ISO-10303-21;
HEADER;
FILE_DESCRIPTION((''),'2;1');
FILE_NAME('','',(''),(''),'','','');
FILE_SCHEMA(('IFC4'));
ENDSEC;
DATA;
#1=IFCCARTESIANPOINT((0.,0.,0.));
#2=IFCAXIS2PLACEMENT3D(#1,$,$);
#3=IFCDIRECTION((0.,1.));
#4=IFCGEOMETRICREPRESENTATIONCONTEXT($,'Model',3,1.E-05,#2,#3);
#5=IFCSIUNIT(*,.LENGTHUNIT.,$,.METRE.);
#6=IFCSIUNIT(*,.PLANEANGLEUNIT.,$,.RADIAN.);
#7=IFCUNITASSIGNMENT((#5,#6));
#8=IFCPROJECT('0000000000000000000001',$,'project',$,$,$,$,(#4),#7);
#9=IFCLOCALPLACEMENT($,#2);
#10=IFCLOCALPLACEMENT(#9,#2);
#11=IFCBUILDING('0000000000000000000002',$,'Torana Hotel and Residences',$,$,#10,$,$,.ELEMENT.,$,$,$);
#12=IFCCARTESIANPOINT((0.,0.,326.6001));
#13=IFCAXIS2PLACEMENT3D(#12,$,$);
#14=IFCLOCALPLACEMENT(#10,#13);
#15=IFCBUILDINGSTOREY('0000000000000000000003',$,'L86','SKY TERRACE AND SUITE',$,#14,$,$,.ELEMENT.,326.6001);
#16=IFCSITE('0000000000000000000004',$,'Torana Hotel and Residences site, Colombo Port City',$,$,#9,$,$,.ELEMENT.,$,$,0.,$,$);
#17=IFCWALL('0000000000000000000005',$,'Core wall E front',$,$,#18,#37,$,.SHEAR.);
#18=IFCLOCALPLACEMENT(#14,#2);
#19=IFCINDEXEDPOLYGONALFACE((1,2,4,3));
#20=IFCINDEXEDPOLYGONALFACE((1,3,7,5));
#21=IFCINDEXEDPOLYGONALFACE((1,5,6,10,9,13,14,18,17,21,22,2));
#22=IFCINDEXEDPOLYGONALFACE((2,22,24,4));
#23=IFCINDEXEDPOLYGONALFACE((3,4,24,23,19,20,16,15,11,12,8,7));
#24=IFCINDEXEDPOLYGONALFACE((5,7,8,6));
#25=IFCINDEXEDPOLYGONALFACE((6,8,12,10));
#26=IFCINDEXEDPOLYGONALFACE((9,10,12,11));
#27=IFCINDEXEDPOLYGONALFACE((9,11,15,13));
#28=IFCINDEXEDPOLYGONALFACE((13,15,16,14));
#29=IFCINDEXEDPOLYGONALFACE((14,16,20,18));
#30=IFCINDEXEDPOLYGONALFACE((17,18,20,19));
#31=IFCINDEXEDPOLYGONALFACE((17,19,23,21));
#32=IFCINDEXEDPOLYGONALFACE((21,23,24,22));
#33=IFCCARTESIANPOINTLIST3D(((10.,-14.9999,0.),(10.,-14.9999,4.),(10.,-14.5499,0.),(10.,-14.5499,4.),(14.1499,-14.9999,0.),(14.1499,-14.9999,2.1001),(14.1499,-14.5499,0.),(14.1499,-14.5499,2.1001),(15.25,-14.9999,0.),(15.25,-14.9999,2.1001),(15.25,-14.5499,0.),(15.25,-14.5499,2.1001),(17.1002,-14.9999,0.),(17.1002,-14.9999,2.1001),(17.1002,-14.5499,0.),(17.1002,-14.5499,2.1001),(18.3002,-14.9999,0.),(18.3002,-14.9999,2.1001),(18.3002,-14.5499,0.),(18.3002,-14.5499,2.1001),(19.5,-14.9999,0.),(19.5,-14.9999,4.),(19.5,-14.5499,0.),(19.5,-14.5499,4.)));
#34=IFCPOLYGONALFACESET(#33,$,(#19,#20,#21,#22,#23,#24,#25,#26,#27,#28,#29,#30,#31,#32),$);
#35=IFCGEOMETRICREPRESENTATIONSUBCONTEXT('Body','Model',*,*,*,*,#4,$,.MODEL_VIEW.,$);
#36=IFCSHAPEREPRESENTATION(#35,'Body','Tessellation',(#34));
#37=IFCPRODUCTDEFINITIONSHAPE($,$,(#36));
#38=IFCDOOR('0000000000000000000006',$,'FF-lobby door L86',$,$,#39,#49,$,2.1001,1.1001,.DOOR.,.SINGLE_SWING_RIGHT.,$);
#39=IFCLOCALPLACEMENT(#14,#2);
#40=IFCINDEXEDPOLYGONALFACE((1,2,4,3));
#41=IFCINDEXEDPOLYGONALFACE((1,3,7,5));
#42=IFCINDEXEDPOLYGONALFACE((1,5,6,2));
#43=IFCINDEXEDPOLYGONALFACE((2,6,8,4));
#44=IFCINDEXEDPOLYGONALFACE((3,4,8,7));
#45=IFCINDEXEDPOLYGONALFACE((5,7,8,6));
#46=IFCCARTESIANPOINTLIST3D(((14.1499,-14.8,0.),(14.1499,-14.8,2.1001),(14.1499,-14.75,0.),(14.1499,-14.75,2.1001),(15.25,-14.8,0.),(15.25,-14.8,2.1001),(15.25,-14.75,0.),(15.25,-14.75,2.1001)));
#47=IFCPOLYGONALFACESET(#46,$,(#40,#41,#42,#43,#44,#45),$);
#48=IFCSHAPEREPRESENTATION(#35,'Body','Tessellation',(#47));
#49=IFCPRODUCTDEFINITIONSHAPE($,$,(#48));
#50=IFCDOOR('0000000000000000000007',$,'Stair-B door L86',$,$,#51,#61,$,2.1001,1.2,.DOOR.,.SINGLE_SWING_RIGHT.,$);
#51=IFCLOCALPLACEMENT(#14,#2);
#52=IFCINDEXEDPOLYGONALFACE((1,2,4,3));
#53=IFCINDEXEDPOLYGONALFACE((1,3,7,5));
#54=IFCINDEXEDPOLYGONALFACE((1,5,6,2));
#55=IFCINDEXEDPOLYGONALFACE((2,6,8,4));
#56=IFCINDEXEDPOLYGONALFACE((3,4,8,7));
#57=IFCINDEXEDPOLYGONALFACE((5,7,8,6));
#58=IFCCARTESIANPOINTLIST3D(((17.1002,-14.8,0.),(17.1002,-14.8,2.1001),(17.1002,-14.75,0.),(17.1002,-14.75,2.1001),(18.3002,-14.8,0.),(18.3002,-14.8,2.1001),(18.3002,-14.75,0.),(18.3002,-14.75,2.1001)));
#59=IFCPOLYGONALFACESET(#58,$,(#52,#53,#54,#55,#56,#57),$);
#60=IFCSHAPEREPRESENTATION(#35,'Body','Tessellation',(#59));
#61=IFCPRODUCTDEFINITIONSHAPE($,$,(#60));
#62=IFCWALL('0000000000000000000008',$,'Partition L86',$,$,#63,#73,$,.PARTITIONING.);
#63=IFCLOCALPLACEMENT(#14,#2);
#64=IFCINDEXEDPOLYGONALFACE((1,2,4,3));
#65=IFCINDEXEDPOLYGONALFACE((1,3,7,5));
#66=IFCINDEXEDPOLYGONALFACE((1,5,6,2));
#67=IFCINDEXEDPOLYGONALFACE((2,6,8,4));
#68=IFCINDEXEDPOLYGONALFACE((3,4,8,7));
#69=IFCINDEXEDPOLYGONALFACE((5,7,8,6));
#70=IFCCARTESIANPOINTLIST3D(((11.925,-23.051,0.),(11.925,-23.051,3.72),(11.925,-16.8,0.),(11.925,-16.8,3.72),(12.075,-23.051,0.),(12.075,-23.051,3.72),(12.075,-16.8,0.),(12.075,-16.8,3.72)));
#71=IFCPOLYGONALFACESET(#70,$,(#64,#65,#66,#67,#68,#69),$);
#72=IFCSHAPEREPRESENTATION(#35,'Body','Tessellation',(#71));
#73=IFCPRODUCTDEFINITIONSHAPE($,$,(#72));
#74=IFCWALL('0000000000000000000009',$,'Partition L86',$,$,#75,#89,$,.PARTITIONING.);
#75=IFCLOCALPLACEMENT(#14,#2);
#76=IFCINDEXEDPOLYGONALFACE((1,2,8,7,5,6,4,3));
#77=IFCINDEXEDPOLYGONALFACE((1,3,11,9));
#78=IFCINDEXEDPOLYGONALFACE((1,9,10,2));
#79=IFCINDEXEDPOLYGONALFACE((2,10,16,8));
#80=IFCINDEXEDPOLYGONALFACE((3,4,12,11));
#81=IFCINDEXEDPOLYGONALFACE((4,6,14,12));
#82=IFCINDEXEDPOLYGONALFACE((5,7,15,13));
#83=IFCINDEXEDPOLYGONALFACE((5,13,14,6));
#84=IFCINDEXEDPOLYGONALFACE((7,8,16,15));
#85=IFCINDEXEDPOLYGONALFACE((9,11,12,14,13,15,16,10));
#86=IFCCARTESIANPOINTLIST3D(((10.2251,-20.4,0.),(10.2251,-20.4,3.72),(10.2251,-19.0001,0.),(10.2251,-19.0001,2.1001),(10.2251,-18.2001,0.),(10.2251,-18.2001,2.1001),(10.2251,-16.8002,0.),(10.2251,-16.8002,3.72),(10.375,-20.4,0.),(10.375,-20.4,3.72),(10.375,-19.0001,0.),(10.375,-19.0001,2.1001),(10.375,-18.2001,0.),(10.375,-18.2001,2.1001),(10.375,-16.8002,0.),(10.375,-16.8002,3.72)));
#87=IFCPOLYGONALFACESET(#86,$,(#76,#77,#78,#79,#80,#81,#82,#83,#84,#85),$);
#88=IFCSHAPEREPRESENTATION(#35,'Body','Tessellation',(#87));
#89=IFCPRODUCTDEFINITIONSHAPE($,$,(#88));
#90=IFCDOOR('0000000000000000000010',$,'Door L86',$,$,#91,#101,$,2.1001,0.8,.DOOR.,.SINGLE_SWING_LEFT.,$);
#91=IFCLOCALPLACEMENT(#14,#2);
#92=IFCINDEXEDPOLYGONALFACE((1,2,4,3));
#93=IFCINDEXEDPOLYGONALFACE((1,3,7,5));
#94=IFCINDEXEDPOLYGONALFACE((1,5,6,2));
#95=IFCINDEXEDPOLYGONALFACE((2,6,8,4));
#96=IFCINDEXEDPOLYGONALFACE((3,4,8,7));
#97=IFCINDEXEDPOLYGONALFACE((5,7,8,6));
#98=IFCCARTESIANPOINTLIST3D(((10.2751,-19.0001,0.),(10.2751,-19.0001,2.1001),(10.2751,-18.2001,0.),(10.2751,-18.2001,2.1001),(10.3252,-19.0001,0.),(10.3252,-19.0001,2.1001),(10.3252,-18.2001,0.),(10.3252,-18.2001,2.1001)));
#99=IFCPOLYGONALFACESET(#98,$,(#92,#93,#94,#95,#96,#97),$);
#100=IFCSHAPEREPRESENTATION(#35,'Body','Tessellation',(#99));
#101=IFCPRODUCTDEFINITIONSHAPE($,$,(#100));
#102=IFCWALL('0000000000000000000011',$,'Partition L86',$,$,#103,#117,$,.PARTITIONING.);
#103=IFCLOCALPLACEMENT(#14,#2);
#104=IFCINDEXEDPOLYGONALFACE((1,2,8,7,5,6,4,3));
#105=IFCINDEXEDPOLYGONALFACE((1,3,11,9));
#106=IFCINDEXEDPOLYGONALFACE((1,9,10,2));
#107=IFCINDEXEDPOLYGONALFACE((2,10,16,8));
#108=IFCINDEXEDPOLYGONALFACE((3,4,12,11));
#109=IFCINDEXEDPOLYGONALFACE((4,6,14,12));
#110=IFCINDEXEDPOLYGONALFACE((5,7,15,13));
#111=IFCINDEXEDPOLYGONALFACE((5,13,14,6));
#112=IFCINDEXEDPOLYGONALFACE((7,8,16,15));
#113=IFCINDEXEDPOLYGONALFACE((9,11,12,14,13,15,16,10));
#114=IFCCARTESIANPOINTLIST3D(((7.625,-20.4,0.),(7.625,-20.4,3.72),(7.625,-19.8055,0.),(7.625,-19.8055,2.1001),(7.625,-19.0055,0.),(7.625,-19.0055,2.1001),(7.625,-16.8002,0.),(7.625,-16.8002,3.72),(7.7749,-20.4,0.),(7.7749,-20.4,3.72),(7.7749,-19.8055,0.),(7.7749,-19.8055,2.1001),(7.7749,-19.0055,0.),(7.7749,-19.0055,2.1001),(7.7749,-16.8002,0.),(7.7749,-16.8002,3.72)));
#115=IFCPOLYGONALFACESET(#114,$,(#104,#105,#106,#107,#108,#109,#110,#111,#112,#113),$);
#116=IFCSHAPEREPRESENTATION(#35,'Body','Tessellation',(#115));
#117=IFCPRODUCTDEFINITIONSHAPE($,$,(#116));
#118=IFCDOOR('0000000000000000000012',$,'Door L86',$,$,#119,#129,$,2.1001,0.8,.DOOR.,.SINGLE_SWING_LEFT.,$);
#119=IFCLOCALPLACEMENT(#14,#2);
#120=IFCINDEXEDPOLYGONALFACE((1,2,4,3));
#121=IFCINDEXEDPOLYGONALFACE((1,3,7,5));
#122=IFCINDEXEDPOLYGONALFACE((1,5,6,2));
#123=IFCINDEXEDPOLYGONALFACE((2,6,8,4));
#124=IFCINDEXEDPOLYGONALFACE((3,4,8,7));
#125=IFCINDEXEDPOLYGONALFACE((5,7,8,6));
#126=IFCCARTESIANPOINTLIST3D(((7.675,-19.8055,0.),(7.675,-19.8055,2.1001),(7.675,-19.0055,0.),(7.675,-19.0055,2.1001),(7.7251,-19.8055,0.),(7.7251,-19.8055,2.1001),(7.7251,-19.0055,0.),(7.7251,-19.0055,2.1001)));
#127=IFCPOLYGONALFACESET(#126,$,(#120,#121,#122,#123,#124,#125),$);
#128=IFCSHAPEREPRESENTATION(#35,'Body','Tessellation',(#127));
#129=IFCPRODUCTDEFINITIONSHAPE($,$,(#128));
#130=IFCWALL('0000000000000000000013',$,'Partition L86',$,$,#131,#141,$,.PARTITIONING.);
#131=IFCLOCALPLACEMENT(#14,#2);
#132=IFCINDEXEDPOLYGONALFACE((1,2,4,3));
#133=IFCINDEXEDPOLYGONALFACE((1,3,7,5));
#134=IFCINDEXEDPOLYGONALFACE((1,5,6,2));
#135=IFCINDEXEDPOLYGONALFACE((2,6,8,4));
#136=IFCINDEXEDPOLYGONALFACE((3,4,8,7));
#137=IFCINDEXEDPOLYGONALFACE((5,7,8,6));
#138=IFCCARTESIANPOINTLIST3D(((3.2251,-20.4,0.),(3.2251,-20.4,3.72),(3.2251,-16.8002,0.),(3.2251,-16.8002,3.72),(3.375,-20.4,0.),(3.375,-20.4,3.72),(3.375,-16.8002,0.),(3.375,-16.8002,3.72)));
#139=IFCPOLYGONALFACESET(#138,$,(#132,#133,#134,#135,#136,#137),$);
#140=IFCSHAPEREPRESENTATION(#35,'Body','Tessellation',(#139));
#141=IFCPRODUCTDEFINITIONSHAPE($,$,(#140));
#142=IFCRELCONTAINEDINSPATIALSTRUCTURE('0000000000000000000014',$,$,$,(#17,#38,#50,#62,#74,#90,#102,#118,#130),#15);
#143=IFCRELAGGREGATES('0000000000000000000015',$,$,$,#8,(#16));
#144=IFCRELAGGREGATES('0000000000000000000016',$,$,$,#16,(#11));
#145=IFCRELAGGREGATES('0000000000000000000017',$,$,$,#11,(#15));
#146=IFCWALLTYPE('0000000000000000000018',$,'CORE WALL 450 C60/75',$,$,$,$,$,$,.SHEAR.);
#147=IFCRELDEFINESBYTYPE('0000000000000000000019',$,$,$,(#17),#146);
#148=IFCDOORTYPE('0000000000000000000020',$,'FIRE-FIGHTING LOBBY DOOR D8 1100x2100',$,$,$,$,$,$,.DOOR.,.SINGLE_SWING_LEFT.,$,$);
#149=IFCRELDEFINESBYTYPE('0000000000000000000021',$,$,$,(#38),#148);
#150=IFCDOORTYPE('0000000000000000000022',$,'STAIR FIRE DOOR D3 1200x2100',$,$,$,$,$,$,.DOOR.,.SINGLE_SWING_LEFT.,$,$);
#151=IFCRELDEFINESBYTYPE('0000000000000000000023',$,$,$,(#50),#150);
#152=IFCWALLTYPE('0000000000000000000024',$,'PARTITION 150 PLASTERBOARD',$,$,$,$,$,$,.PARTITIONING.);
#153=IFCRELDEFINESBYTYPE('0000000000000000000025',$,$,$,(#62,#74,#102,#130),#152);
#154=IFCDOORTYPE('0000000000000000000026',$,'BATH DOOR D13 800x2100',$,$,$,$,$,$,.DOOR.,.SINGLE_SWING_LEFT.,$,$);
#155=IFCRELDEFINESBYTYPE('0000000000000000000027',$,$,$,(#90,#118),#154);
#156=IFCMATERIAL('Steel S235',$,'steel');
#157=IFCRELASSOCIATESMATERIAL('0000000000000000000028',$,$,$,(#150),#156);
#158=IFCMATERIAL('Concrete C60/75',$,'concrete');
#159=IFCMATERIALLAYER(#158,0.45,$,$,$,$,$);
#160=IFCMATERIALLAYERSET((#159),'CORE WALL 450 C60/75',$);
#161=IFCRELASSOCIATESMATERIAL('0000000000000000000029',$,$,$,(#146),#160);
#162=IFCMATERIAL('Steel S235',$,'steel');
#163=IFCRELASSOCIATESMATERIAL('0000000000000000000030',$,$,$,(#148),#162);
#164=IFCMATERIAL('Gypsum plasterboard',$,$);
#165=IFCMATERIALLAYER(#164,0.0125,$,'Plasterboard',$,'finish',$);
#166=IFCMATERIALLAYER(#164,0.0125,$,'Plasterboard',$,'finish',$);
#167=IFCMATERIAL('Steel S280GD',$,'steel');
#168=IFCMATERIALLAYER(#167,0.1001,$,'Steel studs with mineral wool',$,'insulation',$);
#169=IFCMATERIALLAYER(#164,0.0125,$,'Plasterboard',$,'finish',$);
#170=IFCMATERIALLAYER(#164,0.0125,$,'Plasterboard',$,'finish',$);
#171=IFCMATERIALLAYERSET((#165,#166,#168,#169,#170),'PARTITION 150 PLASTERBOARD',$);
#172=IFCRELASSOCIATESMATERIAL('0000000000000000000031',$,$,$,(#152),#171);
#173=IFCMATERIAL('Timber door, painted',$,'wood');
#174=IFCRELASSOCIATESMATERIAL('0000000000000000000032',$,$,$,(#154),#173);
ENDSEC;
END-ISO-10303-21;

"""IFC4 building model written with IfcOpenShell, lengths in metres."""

from ifc_helpers import new_model, si_unit, direction, frame, frame_2d, origin, place, context, subcontext, project, spatial, rectangle, extrude, material, layer, layer_set, type_object, element, fill, save


model = new_model("IFC4")

# Units and contexts
model_context = context("Model", 3, precision=1e-05, world=origin(), true_north=direction((0.0, 1.0)))
body_context = subcontext(model_context, "Body", "Model", "MODEL_VIEW")
ifc_project = project(units=[si_unit("LENGTHUNIT", "METRE"), si_unit("PLANEANGLEUNIT", "RADIAN")], contexts=[model_context])

# Site, building, storey
site_placement = place(None, origin())
site = spatial("IfcSite", under=ifc_project, at=site_placement, Name="Torana Hotel and Residences site, Colombo Port City", CompositionType="ELEMENT", RefElevation=0.0)
building_placement = place(site_placement, origin())
building = spatial("IfcBuilding", under=site, at=building_placement, Name="Torana Hotel and Residences", CompositionType="ELEMENT")
storey_placement = place(building_placement, frame((0.0, 0.0, 326.6001)))
storey = spatial("IfcBuildingStorey", under=building, at=storey_placement, Name="L86", Description="SKY TERRACE AND SUITE", CompositionType="ELEMENT", Elevation=326.6001)

# Shared definitions
ifc_material_1 = material(Name="Steel S235", Category="steel")
door_type_1 = type_object("IfcDoorType", Name="STAIR FIRE DOOR D3 1200x2100", OperationType="SINGLE_SWING_LEFT", PredefinedType="DOOR", material=ifc_material_1)

# Wall, openings, doors
ifc_material_2 = material(Name="Concrete C60/75", Category="concrete")
ifc_layer_1 = layer(ifc_material_2, 0.45)
ifc_layer_set_1 = layer_set([ifc_layer_1], Name="CORE WALL 450 C60/75")
wall_type_1 = type_object("IfcWallType", Name="CORE WALL 450 C60/75", PredefinedType="SHEAR", material=ifc_layer_set_1)
wall_1_placement = place(storey_placement, frame((10.0, -14.7749, 0.0), z_axis=(0.0, 0.0, 1.0), x_axis=(1.0, 0.0, 0.0)))
wall_1 = element("IfcWall", 1, at=wall_1_placement, inside=storey, type_object=wall_type_1, Name="Core wall E front", PredefinedType="SHEAR", context=body_context, shape_type="SweptSolid", body=[
    extrude(rectangle(XDim=9.5, YDim=0.45, at=frame_2d((4.75, 0.0))), origin(), (0.0, 0.0, 1.0), 4.0),
])
opening_1_placement = place(wall_1_placement, frame((7.1001, 0.0, 0.0)))
opening_1 = element("IfcOpeningElement", 2, at=opening_1_placement, cuts=wall_1, PredefinedType="OPENING", context=body_context, shape_type="SweptSolid", body=[
    extrude(rectangle(XDim=1.2, YDim=2.1001, at=frame_2d((0.6001, 1.05))), frame((0.0, 0.2349, 0.0), z_axis=(0.0, -1.0, 0.0), x_axis=(1.0, 0.0, 0.0)), (0.0, 0.0, 1.0), 0.47),
])
opening_2_placement = place(wall_1_placement, frame((4.1499, 0.0, 0.0)))
opening_2 = element("IfcOpeningElement", 3, at=opening_2_placement, cuts=wall_1, PredefinedType="OPENING", context=body_context, shape_type="SweptSolid", body=[
    extrude(rectangle(XDim=1.1001, YDim=2.1001, at=frame_2d((0.55, 1.05))), frame((0.0, 0.2349, 0.0), z_axis=(0.0, -1.0, 0.0), x_axis=(1.0, 0.0, 0.0)), (0.0, 0.0, 1.0), 0.47),
])
ifc_material_3 = material(Name="Steel S235", Category="steel")
door_type_2 = type_object("IfcDoorType", Name="FIRE-FIGHTING LOBBY DOOR D8 1100x2100", OperationType="SINGLE_SWING_LEFT", PredefinedType="DOOR", material=ifc_material_3)
door_1_placement = place(opening_2_placement, origin())
door_1 = element("IfcDoor", 4, at=door_1_placement, inside=storey, type_object=door_type_2, Name="FF-lobby door L86", OperationType="SINGLE_SWING_RIGHT", OverallHeight=2.1001, OverallWidth=1.1001, PredefinedType="DOOR", context=body_context, shape_type="SweptSolid", body=[
    extrude(rectangle(XDim=1.1001, YDim=2.1001, at=frame_2d((0.55, 1.05))), frame((0.0, 0.0249, 0.0), z_axis=(0.0, -1.0, 0.0), x_axis=(1.0, 0.0, 0.0)), (0.0, 0.0, 1.0), 0.05),
])
fill(opening_2, door_1)
door_2_placement = place(opening_1_placement, origin())
door_2 = element("IfcDoor", 5, at=door_2_placement, inside=storey, type_object=door_type_1, Name="Stair-B door L86", OperationType="SINGLE_SWING_RIGHT", OverallHeight=2.1001, OverallWidth=1.2, PredefinedType="DOOR", context=body_context, shape_type="SweptSolid", body=[
    extrude(rectangle(XDim=1.2, YDim=2.1001, at=frame_2d((0.6001, 1.05))), frame((0.0, 0.0249, 0.0), z_axis=(0.0, -1.0, 0.0), x_axis=(1.0, 0.0, 0.0)), (0.0, 0.0, 1.0), 0.05),
])
fill(opening_1, door_2)

# Wall
ifc_material_4 = material(Name="Gypsum plasterboard")
ifc_layer_2 = layer(ifc_material_4, 0.0125, Name="Plasterboard", Category="finish")
ifc_layer_3 = layer(ifc_material_4, 0.0125, Name="Plasterboard", Category="finish")
ifc_material_5 = material(Name="Steel S280GD", Category="steel")
ifc_layer_4 = layer(ifc_material_5, 0.1001, Name="Steel studs with mineral wool", Category="insulation")
ifc_layer_5 = layer(ifc_material_4, 0.0125, Name="Plasterboard", Category="finish")
ifc_layer_6 = layer(ifc_material_4, 0.0125, Name="Plasterboard", Category="finish")
ifc_layer_set_2 = layer_set([ifc_layer_2, ifc_layer_3, ifc_layer_4, ifc_layer_5, ifc_layer_6], Name="PARTITION 150 PLASTERBOARD")
wall_type_2 = type_object("IfcWallType", Name="PARTITION 150 PLASTERBOARD", PredefinedType="PARTITIONING", material=ifc_layer_set_2)
wall_2_placement = place(storey_placement, frame((12.0, -23.051, 0.0), z_axis=(0.0, 0.0, 1.0), x_axis=(0.0, 1.0, 0.0)))
element("IfcWall", 6, at=wall_2_placement, inside=storey, type_object=wall_type_2, Name="Partition L86", PredefinedType="PARTITIONING", context=body_context, shape_type="SweptSolid", body=[
    extrude(rectangle(XDim=6.251, YDim=0.1499, at=frame_2d((3.1255, 0.0))), origin(), (0.0, 0.0, 1.0), 3.72),
])

# Walls, openings, doors
wall_3_placement = place(storey_placement, frame((10.3, -20.3999, 0.0), z_axis=(0.0, 0.0, 1.0), x_axis=(0.0, 1.0, 0.0)))
wall_3 = element("IfcWall", 7, at=wall_3_placement, inside=storey, type_object=wall_type_2, Name="Partition L86", PredefinedType="PARTITIONING", context=body_context, shape_type="SweptSolid", body=[
    extrude(rectangle(XDim=3.5999, YDim=0.1499, at=frame_2d((1.7998, 0.0))), origin(), (0.0, 0.0, 1.0), 3.72),
])
opening_3_placement = place(wall_3_placement, frame((1.3999, 0.0, 0.0)))
opening_3 = element("IfcOpeningElement", 8, at=opening_3_placement, cuts=wall_3, PredefinedType="OPENING", context=body_context, shape_type="SweptSolid", body=[
    extrude(rectangle(XDim=0.8, YDim=2.1001, at=frame_2d((0.3999, 1.05))), frame((0.0, 0.085, 0.0), z_axis=(0.0, -1.0, 0.0), x_axis=(1.0, 0.0, 0.0)), (0.0, 0.0, 1.0), 0.1699),
])
ifc_material_6 = material(Name="Timber door, painted", Category="wood")
door_type_3 = type_object("IfcDoorType", Name="BATH DOOR D13 800x2100", OperationType="SINGLE_SWING_LEFT", PredefinedType="DOOR", material=ifc_material_6)
door_3_placement = place(opening_3_placement, origin())
door_3 = element("IfcDoor", 9, at=door_3_placement, inside=storey, type_object=door_type_3, Name="Door L86", OperationType="SINGLE_SWING_LEFT", OverallHeight=2.1001, OverallWidth=0.8, PredefinedType="DOOR", context=body_context, shape_type="SweptSolid", body=[
    extrude(rectangle(XDim=0.8, YDim=2.1001, at=frame_2d((0.3999, 1.05))), frame((0.0, 0.0249, 0.0), z_axis=(0.0, -1.0, 0.0), x_axis=(1.0, 0.0, 0.0)), (0.0, 0.0, 1.0), 0.05),
])
fill(opening_3, door_3)
wall_4_placement = place(storey_placement, frame((7.7, -20.3999, 0.0), z_axis=(0.0, 0.0, 1.0), x_axis=(0.0, 1.0, 0.0)))
wall_4 = element("IfcWall", 10, at=wall_4_placement, inside=storey, type_object=wall_type_2, Name="Partition L86", PredefinedType="PARTITIONING", context=body_context, shape_type="SweptSolid", body=[
    extrude(rectangle(XDim=3.5999, YDim=0.1499, at=frame_2d((1.7998, 0.0))), origin(), (0.0, 0.0, 1.0), 3.72),
])
opening_4_placement = place(wall_4_placement, frame((0.5945, 0.0, 0.0)))
opening_4 = element("IfcOpeningElement", 11, at=opening_4_placement, cuts=wall_4, PredefinedType="OPENING", context=body_context, shape_type="SweptSolid", body=[
    extrude(rectangle(XDim=0.8, YDim=2.1001, at=frame_2d((0.3999, 1.05))), frame((0.0, 0.085, 0.0), z_axis=(0.0, -1.0, 0.0), x_axis=(1.0, 0.0, 0.0)), (0.0, 0.0, 1.0), 0.1699),
])
door_4_placement = place(opening_4_placement, origin())
door_4 = element("IfcDoor", 12, at=door_4_placement, inside=storey, type_object=door_type_3, Name="Door L86", OperationType="SINGLE_SWING_LEFT", OverallHeight=2.1001, OverallWidth=0.8, PredefinedType="DOOR", context=body_context, shape_type="SweptSolid", body=[
    extrude(rectangle(XDim=0.8, YDim=2.1001, at=frame_2d((0.3999, 1.05))), frame((0.0, 0.0249, 0.0), z_axis=(0.0, -1.0, 0.0), x_axis=(1.0, 0.0, 0.0)), (0.0, 0.0, 1.0), 0.05),
])
fill(opening_4, door_4)

# Wall
wall_5_placement = place(storey_placement, frame((3.3, -20.3999, 0.0), z_axis=(0.0, 0.0, 1.0), x_axis=(0.0, 1.0, 0.0)))
element("IfcWall", 13, at=wall_5_placement, inside=storey, type_object=wall_type_2, Name="Partition L86", PredefinedType="PARTITIONING", context=body_context, shape_type="SweptSolid", body=[
    extrude(rectangle(XDim=3.5999, YDim=0.1499, at=frame_2d((1.7998, 0.0))), origin(), (0.0, 0.0, 1.0), 3.72),
])

save(model, "model.ifc")
